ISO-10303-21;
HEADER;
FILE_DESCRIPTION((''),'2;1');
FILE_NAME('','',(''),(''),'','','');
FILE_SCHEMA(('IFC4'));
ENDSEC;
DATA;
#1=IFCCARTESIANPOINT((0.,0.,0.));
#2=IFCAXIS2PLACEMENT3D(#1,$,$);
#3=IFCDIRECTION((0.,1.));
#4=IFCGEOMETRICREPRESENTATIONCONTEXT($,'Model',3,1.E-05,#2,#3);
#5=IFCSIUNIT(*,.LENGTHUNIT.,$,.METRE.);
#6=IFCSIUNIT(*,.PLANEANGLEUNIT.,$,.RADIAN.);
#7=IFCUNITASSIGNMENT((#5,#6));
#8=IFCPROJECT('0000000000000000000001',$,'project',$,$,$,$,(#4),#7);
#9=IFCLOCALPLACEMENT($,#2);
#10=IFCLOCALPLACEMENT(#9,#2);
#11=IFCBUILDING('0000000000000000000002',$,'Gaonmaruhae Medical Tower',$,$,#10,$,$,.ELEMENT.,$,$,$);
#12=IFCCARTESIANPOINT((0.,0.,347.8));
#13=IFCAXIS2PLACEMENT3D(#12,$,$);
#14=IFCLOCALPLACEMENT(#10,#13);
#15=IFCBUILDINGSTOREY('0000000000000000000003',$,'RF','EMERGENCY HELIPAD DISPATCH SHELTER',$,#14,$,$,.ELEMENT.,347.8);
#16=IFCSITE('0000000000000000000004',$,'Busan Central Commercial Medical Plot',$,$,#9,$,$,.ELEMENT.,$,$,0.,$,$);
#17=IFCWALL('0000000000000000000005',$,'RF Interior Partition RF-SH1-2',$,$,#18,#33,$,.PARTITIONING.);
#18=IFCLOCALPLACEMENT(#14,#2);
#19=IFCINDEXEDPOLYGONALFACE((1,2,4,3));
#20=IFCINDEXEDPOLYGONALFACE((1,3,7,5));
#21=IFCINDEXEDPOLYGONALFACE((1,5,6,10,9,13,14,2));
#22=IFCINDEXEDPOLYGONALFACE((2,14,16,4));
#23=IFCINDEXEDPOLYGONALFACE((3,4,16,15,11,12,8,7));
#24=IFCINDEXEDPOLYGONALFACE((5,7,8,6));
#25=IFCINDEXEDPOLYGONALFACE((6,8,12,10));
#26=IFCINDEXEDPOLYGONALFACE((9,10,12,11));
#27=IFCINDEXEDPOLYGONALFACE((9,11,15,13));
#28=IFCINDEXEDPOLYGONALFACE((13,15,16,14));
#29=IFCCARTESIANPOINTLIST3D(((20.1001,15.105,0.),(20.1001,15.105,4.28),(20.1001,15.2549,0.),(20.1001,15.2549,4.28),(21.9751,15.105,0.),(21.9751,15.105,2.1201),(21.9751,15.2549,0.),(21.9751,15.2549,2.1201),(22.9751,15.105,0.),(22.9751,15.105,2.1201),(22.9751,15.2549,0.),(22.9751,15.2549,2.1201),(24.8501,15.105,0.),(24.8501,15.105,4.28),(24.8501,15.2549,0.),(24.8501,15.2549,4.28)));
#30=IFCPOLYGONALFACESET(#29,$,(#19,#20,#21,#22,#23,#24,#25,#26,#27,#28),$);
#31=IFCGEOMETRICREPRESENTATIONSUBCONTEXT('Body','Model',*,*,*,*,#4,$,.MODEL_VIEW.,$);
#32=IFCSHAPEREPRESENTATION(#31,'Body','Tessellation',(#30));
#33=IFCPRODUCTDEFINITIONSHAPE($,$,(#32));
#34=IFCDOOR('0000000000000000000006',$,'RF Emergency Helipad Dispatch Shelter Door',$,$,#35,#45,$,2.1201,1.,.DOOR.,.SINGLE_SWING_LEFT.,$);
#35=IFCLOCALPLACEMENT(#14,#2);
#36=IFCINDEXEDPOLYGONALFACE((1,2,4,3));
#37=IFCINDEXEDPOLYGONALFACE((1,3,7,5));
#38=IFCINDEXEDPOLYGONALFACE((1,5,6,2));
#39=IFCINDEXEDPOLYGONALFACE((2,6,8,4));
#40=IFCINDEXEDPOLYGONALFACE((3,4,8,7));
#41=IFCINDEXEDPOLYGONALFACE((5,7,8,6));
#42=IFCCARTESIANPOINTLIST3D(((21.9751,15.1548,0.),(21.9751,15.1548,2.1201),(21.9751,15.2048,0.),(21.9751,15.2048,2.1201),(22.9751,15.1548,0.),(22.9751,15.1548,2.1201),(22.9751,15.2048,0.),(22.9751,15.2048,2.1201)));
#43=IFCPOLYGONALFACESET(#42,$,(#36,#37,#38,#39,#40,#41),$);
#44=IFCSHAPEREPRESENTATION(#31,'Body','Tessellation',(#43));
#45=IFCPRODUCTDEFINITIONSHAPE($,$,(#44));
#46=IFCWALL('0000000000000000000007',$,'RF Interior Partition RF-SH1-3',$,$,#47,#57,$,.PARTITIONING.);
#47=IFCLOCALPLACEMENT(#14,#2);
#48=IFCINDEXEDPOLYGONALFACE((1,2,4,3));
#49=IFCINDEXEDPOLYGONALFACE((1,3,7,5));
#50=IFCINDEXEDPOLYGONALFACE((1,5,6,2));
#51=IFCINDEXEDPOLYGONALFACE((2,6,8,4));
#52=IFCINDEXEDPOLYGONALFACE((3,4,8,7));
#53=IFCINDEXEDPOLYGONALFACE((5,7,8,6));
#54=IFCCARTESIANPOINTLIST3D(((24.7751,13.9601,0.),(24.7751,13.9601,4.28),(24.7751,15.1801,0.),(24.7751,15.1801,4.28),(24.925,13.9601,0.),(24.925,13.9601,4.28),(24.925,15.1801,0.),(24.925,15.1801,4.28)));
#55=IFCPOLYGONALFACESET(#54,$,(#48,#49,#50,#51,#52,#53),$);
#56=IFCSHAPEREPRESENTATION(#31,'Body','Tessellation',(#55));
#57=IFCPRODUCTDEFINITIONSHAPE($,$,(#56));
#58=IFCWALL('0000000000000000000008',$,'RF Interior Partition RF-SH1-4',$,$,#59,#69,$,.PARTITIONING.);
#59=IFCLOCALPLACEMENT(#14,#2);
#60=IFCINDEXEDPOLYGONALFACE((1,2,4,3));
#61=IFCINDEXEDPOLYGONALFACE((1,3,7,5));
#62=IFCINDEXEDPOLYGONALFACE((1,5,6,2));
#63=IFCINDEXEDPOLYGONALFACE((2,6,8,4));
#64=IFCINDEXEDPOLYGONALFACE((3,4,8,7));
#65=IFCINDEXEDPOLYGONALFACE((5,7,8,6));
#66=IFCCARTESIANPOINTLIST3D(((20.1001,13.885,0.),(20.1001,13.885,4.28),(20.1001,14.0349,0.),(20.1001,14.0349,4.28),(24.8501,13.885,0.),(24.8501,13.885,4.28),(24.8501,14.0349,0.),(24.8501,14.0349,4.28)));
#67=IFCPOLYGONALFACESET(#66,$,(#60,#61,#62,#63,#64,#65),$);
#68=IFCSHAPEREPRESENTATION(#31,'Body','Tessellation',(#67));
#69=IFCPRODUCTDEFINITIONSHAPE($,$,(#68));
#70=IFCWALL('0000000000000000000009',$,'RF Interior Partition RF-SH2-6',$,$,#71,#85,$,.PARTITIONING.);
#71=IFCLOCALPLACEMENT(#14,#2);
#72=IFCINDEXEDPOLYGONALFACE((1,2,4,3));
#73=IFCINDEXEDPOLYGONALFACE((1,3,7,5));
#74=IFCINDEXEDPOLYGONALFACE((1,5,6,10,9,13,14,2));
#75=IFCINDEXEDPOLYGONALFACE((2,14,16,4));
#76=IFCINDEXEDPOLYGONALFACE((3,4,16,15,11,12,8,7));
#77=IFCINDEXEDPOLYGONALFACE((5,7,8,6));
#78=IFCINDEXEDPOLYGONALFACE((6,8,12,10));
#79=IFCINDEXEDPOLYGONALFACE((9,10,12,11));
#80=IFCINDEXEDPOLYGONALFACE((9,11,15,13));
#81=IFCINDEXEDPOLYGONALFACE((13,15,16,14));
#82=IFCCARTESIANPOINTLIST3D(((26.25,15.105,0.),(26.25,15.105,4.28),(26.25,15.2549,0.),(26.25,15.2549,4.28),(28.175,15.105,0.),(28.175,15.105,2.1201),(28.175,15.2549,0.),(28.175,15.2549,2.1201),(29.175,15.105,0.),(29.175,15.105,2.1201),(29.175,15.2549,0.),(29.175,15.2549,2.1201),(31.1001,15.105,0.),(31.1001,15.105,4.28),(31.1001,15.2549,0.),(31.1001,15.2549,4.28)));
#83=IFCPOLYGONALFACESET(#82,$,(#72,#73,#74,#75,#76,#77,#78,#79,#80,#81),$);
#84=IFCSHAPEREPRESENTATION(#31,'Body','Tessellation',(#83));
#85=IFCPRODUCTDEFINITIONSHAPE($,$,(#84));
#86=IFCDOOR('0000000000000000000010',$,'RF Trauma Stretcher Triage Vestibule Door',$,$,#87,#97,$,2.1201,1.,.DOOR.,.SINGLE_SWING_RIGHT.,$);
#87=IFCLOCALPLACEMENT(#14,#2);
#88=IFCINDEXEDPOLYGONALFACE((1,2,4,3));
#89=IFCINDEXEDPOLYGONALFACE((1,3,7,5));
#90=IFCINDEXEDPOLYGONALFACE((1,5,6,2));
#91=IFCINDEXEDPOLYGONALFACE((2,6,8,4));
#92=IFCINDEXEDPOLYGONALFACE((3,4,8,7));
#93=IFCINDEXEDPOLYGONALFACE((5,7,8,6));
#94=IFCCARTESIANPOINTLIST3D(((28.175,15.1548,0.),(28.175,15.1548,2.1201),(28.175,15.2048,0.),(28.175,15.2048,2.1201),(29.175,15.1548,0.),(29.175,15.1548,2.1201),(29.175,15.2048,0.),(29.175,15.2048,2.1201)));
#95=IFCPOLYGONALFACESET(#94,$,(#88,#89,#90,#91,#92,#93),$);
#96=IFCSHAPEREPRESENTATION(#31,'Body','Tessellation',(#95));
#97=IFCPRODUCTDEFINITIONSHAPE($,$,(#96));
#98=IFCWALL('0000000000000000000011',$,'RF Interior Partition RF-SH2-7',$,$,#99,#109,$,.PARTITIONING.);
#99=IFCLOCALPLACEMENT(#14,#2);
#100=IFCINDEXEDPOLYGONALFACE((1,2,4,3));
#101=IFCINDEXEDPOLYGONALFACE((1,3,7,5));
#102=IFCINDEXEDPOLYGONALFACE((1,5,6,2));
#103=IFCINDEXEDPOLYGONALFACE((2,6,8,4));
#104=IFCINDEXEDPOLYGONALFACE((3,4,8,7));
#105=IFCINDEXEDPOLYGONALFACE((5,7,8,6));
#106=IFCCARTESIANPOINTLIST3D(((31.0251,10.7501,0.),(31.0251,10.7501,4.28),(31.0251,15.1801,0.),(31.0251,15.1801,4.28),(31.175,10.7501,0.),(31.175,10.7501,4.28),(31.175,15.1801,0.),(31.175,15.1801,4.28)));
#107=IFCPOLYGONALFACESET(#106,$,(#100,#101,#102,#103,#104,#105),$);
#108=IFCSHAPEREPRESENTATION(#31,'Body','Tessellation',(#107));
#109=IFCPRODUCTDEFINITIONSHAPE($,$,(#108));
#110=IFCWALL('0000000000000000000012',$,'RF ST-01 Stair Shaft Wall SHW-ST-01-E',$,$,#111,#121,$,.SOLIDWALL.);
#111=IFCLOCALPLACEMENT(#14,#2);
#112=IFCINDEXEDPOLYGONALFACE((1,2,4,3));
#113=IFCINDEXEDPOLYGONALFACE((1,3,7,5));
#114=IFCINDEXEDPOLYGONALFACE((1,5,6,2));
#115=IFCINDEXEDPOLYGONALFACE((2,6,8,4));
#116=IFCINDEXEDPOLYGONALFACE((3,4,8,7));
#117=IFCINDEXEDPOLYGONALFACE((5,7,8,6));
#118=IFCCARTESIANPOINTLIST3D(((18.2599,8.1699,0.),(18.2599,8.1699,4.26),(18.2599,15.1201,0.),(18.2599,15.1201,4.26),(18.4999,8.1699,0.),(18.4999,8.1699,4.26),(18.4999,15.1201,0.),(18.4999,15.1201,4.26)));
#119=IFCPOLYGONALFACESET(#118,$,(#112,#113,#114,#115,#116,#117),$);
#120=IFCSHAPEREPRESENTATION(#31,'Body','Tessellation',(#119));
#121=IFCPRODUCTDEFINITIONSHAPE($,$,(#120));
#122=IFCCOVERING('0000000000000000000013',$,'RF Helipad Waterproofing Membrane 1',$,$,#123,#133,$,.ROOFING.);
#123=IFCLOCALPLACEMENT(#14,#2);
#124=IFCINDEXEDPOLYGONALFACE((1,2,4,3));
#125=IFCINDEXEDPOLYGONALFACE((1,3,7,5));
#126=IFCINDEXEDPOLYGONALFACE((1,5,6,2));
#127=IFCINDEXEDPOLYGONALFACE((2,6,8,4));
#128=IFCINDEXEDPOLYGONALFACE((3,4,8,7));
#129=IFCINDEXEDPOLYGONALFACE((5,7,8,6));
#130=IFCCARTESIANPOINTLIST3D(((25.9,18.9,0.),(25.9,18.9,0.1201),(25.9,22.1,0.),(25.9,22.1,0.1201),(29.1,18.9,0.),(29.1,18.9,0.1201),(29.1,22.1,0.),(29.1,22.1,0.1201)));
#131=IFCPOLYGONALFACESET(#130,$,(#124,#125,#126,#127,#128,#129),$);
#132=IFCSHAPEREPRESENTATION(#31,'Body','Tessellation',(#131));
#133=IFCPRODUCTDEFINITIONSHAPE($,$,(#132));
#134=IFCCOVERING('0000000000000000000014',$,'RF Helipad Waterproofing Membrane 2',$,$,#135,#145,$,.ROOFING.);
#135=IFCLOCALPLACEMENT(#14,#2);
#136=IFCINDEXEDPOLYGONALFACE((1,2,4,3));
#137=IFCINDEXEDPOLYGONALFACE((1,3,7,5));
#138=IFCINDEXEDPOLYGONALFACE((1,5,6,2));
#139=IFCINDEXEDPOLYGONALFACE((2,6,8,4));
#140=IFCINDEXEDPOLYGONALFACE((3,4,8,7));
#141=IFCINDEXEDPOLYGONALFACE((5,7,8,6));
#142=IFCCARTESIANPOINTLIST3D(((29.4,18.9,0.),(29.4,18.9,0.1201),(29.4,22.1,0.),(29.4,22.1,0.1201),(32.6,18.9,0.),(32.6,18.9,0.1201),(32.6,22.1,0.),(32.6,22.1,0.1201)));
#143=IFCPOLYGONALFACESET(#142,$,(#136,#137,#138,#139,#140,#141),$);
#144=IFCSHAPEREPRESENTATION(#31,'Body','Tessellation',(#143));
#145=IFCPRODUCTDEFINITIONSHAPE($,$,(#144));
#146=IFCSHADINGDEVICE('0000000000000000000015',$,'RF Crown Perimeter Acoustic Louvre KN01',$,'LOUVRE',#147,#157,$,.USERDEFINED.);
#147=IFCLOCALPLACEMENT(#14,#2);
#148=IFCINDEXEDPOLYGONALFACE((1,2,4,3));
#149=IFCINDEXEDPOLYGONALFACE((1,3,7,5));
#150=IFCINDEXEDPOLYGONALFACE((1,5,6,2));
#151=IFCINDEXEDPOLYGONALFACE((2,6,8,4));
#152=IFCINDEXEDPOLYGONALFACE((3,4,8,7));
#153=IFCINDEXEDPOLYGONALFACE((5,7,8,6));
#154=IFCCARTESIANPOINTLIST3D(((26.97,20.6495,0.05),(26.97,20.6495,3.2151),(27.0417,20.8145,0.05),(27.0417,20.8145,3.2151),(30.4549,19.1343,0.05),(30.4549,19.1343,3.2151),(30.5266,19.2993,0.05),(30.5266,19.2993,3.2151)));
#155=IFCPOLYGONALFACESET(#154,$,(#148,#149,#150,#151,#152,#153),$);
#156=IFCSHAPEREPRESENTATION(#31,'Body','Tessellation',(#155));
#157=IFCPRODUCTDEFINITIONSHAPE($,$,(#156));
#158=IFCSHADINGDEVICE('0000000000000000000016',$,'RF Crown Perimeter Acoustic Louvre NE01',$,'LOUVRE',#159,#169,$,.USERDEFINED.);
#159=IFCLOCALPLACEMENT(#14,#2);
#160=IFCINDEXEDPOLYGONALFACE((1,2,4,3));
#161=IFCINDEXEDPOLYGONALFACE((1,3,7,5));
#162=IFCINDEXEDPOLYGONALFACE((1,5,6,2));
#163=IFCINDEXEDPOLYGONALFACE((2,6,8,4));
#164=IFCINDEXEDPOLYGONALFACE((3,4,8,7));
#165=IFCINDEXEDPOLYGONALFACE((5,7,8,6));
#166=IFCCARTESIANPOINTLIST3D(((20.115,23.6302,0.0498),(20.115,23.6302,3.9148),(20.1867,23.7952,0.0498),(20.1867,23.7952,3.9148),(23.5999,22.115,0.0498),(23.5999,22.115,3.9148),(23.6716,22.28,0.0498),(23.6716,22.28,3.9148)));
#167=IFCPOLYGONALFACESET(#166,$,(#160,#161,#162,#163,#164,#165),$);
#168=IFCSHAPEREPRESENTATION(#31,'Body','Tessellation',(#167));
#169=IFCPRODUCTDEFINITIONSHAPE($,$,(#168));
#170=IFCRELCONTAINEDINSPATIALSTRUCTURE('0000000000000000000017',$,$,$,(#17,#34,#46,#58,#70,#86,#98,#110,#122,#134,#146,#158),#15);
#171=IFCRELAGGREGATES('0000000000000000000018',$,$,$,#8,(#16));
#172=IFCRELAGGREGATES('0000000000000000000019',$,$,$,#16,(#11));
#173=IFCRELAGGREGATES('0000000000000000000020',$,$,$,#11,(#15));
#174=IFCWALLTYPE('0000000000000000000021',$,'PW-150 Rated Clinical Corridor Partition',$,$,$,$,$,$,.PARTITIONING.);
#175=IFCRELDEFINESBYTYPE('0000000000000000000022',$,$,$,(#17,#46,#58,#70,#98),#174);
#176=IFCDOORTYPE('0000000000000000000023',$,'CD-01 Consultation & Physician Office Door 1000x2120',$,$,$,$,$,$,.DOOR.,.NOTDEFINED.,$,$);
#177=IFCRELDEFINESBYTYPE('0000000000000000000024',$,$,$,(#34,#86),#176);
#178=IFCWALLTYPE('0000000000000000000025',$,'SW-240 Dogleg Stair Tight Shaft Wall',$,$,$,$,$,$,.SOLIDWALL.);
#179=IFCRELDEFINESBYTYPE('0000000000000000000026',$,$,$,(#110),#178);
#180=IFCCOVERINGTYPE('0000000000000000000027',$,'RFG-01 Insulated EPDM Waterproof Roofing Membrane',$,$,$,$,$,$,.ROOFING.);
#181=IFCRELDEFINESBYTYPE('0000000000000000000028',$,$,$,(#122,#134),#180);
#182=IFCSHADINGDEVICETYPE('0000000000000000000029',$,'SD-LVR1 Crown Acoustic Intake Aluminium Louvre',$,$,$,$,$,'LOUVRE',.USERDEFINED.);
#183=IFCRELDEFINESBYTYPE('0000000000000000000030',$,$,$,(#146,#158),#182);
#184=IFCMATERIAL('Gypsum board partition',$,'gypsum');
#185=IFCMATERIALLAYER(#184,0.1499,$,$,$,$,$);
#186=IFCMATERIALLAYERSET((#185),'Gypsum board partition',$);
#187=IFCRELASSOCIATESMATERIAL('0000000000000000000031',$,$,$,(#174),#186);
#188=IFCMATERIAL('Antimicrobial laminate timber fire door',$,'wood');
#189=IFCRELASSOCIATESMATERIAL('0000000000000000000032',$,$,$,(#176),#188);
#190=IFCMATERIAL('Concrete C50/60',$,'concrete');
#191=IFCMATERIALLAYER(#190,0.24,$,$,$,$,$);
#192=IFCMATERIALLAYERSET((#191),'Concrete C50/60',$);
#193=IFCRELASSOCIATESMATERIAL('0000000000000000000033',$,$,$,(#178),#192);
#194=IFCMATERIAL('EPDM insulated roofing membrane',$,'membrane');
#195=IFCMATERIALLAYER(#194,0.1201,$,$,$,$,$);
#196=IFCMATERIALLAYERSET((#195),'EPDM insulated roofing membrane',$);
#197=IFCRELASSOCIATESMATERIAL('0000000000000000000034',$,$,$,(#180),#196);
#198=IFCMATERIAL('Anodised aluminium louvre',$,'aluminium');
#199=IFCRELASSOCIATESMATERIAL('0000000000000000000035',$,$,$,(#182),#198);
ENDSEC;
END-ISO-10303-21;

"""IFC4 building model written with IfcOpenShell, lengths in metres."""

from ifc_helpers import new_model, si_unit, direction, frame, frame_2d, origin, origin_2d, place, context, subcontext, project, spatial, rectangle, extrude, material, layer, layer_set, type_object, element, fill, save


model = new_model("IFC4")

# Units and contexts
model_context = context("Model", 3, precision=1e-05, world=origin(), true_north=direction((0.0, 1.0)))
body_context = subcontext(model_context, "Body", "Model", "MODEL_VIEW")
ifc_project = project(units=[si_unit("LENGTHUNIT", "METRE"), si_unit("PLANEANGLEUNIT", "RADIAN")], contexts=[model_context])

# Site, building, storey
site_placement = place(None, origin())
site = spatial("IfcSite", under=ifc_project, at=site_placement, Name="Busan Central Commercial Medical Plot", CompositionType="ELEMENT", RefElevation=0.0)
building_placement = place(site_placement, origin())
building = spatial("IfcBuilding", under=site, at=building_placement, Name="Gaonmaruhae Medical Tower", CompositionType="ELEMENT")
storey_placement = place(building_placement, frame((0.0, 0.0, 347.8)))
storey = spatial("IfcBuildingStorey", under=building, at=storey_placement, Name="RF", Description="EMERGENCY HELIPAD DISPATCH SHELTER", CompositionType="ELEMENT", Elevation=347.8)

# Shared definitions
ifc_material_1 = material(Name="Concrete C50/60", Category="concrete")

# Shared definitions
ifc_material_2 = material(Name="Gypsum board partition", Category="gypsum")
ifc_layer_1 = layer(ifc_material_2, 0.1499)
ifc_layer_set_1 = layer_set([ifc_layer_1], Name="Gypsum board partition")
wall_type_1 = type_object("IfcWallType", Name="PW-150 Rated Clinical Corridor Partition", PredefinedType="PARTITIONING", material=ifc_layer_set_1)

# Wall, opening, door
wall_1_placement = place(storey_placement, frame((20.1001, 15.1799, 0.0), z_axis=(0.0, 0.0, 1.0), x_axis=(1.0, 0.0, 0.0)))
wall_1 = element("IfcWall", 1, at=wall_1_placement, inside=storey, type_object=wall_type_1, Name="RF Interior Partition RF-SH1-2", PredefinedType="PARTITIONING", context=body_context, shape_type="SweptSolid", body=[
    extrude(rectangle(XDim=4.75, YDim=0.1499, at=frame_2d((2.375, 0.0))), origin(), (0.0, 0.0, 1.0), 4.28),
])
opening_1_placement = place(wall_1_placement, frame((1.875, 0.0, 0.0)))
opening_1 = element("IfcOpeningElement", 2, at=opening_1_placement, cuts=wall_1, PredefinedType="OPENING", context=body_context, shape_type="SweptSolid", body=[
    extrude(rectangle(XDim=1.0, YDim=2.1201, at=frame_2d((0.5, 1.0601))), frame((0.0, 0.085, 0.0), z_axis=(0.0, -1.0, 0.0), x_axis=(1.0, 0.0, 0.0)), (0.0, 0.0, 1.0), 0.1699),
])
ifc_material_3 = material(Name="Antimicrobial laminate timber fire door", Category="wood")
door_type_1 = type_object("IfcDoorType", Name="CD-01 Consultation & Physician Office Door 1000x2120", OperationType="NOTDEFINED", PredefinedType="DOOR", material=ifc_material_3)
door_1_placement = place(opening_1_placement, origin())
door_1 = element("IfcDoor", 3, at=door_1_placement, inside=storey, type_object=door_type_1, Name="RF Emergency Helipad Dispatch Shelter Door", OperationType="SINGLE_SWING_LEFT", OverallHeight=2.1201, OverallWidth=1.0, PredefinedType="DOOR", context=body_context, shape_type="SweptSolid", body=[
    extrude(rectangle(XDim=1.0, YDim=2.1201, at=frame_2d((0.5, 1.0601))), frame((0.0, 0.0249, 0.0), z_axis=(0.0, -1.0, 0.0), x_axis=(1.0, 0.0, 0.0)), (0.0, 0.0, 1.0), 0.05),
])
fill(opening_1, door_1)

# Walls
wall_2_placement = place(storey_placement, frame((24.8501, 15.1799, 0.0), z_axis=(0.0, 0.0, 1.0), x_axis=(0.0, -1.0, 0.0)))
element("IfcWall", 4, at=wall_2_placement, inside=storey, type_object=wall_type_1, Name="RF Interior Partition RF-SH1-3", PredefinedType="PARTITIONING", context=body_context, shape_type="SweptSolid", body=[
    extrude(rectangle(XDim=1.22, YDim=0.1499, at=frame_2d((0.6099, 0.0))), origin(), (0.0, 0.0, 1.0), 4.28),
])
wall_3_placement = place(storey_placement, frame((24.8501, 13.96, 0.0), z_axis=(0.0, 0.0, 1.0), x_axis=(-1.0, 0.0, 0.0)))
element("IfcWall", 5, at=wall_3_placement, inside=storey, type_object=wall_type_1, Name="RF Interior Partition RF-SH1-4", PredefinedType="PARTITIONING", context=body_context, shape_type="SweptSolid", body=[
    extrude(rectangle(XDim=4.75, YDim=0.1499, at=frame_2d((2.375, 0.0))), origin(), (0.0, 0.0, 1.0), 4.28),
])

# Wall, opening, door
wall_4_placement = place(storey_placement, frame((26.25, 15.1799, 0.0), z_axis=(0.0, 0.0, 1.0), x_axis=(1.0, 0.0, 0.0)))
wall_4 = element("IfcWall", 6, at=wall_4_placement, inside=storey, type_object=wall_type_1, Name="RF Interior Partition RF-SH2-6", PredefinedType="PARTITIONING", context=body_context, shape_type="SweptSolid", body=[
    extrude(rectangle(XDim=4.8501, YDim=0.1499, at=frame_2d((2.425, 0.0))), origin(), (0.0, 0.0, 1.0), 4.28),
])
opening_2_placement = place(wall_4_placement, frame((1.925, 0.0, 0.0)))
opening_2 = element("IfcOpeningElement", 7, at=opening_2_placement, cuts=wall_4, PredefinedType="OPENING", context=body_context, shape_type="SweptSolid", body=[
    extrude(rectangle(XDim=1.0, YDim=2.1201, at=frame_2d((0.5, 1.0601))), frame((0.0, 0.085, 0.0), z_axis=(0.0, -1.0, 0.0), x_axis=(1.0, 0.0, 0.0)), (0.0, 0.0, 1.0), 0.1699),
])
door_2_placement = place(opening_2_placement, origin())
door_2 = element("IfcDoor", 8, at=door_2_placement, inside=storey, type_object=door_type_1, Name="RF Trauma Stretcher Triage Vestibule Door", OperationType="SINGLE_SWING_RIGHT", OverallHeight=2.1201, OverallWidth=1.0, PredefinedType="DOOR", context=body_context, shape_type="SweptSolid", body=[
    extrude(rectangle(XDim=1.0, YDim=2.1201, at=frame_2d((0.5, 1.0601))), frame((0.0, 0.0249, 0.0), z_axis=(0.0, -1.0, 0.0), x_axis=(1.0, 0.0, 0.0)), (0.0, 0.0, 1.0), 0.05),
])
fill(opening_2, door_2)

# Walls
wall_5_placement = place(storey_placement, frame((31.1001, 15.1799, 0.0), z_axis=(0.0, 0.0, 1.0), x_axis=(0.0, -1.0, 0.0)))
element("IfcWall", 9, at=wall_5_placement, inside=storey, type_object=wall_type_1, Name="RF Interior Partition RF-SH2-7", PredefinedType="PARTITIONING", context=body_context, shape_type="SweptSolid", body=[
    extrude(rectangle(XDim=4.4299, YDim=0.1499, at=frame_2d((2.2148, 0.0))), origin(), (0.0, 0.0, 1.0), 4.28),
])
ifc_layer_2 = layer(ifc_material_1, 0.24)
ifc_layer_set_2 = layer_set([ifc_layer_2], Name="Concrete C50/60")
wall_type_2 = type_object("IfcWallType", Name="SW-240 Dogleg Stair Tight Shaft Wall", PredefinedType="SOLIDWALL", material=ifc_layer_set_2)
wall_6_placement = place(storey_placement, frame((18.3799, 15.1201, 0.0), z_axis=(0.0, 0.0, 1.0), x_axis=(0.0, -1.0, 0.0)))
element("IfcWall", 10, at=wall_6_placement, inside=storey, type_object=wall_type_2, Name="RF ST-01 Stair Shaft Wall SHW-ST-01-E", PredefinedType="SOLIDWALL", context=body_context, shape_type="SweptSolid", body=[
    extrude(rectangle(XDim=6.9502, YDim=0.24, at=frame_2d((3.4751, 0.0))), origin(), (0.0, 0.0, 1.0), 4.26),
])

# Coverings
ifc_material_4 = material(Name="EPDM insulated roofing membrane", Category="membrane")
ifc_layer_3 = layer(ifc_material_4, 0.1201)
ifc_layer_set_3 = layer_set([ifc_layer_3], Name="EPDM insulated roofing membrane")
covering_type = type_object("IfcCoveringType", Name="RFG-01 Insulated EPDM Waterproof Roofing Membrane", PredefinedType="ROOFING", material=ifc_layer_set_3)
for number, where, z_axis, x_axis, name in (
    (11, (27.5, 20.5, 0.0), (0.0, 0.0, 1.0), (1.0, 0.0, 0.0), "RF Helipad Waterproofing Membrane 1"),
    (12, (31.0, 20.5, 0.0), (0.0, 0.0, 1.0), (1.0, 0.0, 0.0), "RF Helipad Waterproofing Membrane 2"),
):
    element("IfcCovering", number, at=place(storey_placement, frame(where, z_axis=z_axis, x_axis=x_axis)), inside=storey, type_object=covering_type, Name=name, PredefinedType="ROOFING", context=body_context, shape_type="SweptSolid", body=[
        extrude(rectangle(XDim=3.2, YDim=3.2, at=origin_2d()), origin(), (0.0, 0.0, 1.0), 0.1201),
    ])

# Shading devices
ifc_material_5 = material(Name="Anodised aluminium louvre", Category="aluminium")
shading_device_type = type_object("IfcShadingDeviceType", Name="SD-LVR1 Crown Acoustic Intake Aluminium Louvre", ElementType="LOUVRE", PredefinedType="USERDEFINED", material=ifc_material_5)
shading_device_1_placement = place(storey_placement, frame((28.7483, 19.9744, 0.05), z_axis=(0.0, 0.0, 1.0), x_axis=(0.917067, -0.398733, 0.0)))
element("IfcShadingDevice", 13, at=shading_device_1_placement, inside=storey, type_object=shading_device_type, Name="RF Crown Perimeter Acoustic Louvre KN01", ObjectType="LOUVRE", PredefinedType="USERDEFINED", context=body_context, shape_type="SweptSolid", body=[
    extrude(rectangle(XDim=3.8, YDim=0.1799, at=origin_2d()), origin(), (0.0, 0.0, 1.0), 3.165),
])
shading_device_2_placement = place(storey_placement, frame((21.8933, 22.9551, 0.0498), z_axis=(0.0, 0.0, 1.0), x_axis=(0.917067, -0.398733, 0.0)))
element("IfcShadingDevice", 14, at=shading_device_2_placement, inside=storey, type_object=shading_device_type, Name="RF Crown Perimeter Acoustic Louvre NE01", ObjectType="LOUVRE", PredefinedType="USERDEFINED", context=body_context, shape_type="SweptSolid", body=[
    extrude(rectangle(XDim=3.8, YDim=0.1799, at=origin_2d()), origin(), (0.0, 0.0, 1.0), 3.865),
])

save(model, "model.ifc")
